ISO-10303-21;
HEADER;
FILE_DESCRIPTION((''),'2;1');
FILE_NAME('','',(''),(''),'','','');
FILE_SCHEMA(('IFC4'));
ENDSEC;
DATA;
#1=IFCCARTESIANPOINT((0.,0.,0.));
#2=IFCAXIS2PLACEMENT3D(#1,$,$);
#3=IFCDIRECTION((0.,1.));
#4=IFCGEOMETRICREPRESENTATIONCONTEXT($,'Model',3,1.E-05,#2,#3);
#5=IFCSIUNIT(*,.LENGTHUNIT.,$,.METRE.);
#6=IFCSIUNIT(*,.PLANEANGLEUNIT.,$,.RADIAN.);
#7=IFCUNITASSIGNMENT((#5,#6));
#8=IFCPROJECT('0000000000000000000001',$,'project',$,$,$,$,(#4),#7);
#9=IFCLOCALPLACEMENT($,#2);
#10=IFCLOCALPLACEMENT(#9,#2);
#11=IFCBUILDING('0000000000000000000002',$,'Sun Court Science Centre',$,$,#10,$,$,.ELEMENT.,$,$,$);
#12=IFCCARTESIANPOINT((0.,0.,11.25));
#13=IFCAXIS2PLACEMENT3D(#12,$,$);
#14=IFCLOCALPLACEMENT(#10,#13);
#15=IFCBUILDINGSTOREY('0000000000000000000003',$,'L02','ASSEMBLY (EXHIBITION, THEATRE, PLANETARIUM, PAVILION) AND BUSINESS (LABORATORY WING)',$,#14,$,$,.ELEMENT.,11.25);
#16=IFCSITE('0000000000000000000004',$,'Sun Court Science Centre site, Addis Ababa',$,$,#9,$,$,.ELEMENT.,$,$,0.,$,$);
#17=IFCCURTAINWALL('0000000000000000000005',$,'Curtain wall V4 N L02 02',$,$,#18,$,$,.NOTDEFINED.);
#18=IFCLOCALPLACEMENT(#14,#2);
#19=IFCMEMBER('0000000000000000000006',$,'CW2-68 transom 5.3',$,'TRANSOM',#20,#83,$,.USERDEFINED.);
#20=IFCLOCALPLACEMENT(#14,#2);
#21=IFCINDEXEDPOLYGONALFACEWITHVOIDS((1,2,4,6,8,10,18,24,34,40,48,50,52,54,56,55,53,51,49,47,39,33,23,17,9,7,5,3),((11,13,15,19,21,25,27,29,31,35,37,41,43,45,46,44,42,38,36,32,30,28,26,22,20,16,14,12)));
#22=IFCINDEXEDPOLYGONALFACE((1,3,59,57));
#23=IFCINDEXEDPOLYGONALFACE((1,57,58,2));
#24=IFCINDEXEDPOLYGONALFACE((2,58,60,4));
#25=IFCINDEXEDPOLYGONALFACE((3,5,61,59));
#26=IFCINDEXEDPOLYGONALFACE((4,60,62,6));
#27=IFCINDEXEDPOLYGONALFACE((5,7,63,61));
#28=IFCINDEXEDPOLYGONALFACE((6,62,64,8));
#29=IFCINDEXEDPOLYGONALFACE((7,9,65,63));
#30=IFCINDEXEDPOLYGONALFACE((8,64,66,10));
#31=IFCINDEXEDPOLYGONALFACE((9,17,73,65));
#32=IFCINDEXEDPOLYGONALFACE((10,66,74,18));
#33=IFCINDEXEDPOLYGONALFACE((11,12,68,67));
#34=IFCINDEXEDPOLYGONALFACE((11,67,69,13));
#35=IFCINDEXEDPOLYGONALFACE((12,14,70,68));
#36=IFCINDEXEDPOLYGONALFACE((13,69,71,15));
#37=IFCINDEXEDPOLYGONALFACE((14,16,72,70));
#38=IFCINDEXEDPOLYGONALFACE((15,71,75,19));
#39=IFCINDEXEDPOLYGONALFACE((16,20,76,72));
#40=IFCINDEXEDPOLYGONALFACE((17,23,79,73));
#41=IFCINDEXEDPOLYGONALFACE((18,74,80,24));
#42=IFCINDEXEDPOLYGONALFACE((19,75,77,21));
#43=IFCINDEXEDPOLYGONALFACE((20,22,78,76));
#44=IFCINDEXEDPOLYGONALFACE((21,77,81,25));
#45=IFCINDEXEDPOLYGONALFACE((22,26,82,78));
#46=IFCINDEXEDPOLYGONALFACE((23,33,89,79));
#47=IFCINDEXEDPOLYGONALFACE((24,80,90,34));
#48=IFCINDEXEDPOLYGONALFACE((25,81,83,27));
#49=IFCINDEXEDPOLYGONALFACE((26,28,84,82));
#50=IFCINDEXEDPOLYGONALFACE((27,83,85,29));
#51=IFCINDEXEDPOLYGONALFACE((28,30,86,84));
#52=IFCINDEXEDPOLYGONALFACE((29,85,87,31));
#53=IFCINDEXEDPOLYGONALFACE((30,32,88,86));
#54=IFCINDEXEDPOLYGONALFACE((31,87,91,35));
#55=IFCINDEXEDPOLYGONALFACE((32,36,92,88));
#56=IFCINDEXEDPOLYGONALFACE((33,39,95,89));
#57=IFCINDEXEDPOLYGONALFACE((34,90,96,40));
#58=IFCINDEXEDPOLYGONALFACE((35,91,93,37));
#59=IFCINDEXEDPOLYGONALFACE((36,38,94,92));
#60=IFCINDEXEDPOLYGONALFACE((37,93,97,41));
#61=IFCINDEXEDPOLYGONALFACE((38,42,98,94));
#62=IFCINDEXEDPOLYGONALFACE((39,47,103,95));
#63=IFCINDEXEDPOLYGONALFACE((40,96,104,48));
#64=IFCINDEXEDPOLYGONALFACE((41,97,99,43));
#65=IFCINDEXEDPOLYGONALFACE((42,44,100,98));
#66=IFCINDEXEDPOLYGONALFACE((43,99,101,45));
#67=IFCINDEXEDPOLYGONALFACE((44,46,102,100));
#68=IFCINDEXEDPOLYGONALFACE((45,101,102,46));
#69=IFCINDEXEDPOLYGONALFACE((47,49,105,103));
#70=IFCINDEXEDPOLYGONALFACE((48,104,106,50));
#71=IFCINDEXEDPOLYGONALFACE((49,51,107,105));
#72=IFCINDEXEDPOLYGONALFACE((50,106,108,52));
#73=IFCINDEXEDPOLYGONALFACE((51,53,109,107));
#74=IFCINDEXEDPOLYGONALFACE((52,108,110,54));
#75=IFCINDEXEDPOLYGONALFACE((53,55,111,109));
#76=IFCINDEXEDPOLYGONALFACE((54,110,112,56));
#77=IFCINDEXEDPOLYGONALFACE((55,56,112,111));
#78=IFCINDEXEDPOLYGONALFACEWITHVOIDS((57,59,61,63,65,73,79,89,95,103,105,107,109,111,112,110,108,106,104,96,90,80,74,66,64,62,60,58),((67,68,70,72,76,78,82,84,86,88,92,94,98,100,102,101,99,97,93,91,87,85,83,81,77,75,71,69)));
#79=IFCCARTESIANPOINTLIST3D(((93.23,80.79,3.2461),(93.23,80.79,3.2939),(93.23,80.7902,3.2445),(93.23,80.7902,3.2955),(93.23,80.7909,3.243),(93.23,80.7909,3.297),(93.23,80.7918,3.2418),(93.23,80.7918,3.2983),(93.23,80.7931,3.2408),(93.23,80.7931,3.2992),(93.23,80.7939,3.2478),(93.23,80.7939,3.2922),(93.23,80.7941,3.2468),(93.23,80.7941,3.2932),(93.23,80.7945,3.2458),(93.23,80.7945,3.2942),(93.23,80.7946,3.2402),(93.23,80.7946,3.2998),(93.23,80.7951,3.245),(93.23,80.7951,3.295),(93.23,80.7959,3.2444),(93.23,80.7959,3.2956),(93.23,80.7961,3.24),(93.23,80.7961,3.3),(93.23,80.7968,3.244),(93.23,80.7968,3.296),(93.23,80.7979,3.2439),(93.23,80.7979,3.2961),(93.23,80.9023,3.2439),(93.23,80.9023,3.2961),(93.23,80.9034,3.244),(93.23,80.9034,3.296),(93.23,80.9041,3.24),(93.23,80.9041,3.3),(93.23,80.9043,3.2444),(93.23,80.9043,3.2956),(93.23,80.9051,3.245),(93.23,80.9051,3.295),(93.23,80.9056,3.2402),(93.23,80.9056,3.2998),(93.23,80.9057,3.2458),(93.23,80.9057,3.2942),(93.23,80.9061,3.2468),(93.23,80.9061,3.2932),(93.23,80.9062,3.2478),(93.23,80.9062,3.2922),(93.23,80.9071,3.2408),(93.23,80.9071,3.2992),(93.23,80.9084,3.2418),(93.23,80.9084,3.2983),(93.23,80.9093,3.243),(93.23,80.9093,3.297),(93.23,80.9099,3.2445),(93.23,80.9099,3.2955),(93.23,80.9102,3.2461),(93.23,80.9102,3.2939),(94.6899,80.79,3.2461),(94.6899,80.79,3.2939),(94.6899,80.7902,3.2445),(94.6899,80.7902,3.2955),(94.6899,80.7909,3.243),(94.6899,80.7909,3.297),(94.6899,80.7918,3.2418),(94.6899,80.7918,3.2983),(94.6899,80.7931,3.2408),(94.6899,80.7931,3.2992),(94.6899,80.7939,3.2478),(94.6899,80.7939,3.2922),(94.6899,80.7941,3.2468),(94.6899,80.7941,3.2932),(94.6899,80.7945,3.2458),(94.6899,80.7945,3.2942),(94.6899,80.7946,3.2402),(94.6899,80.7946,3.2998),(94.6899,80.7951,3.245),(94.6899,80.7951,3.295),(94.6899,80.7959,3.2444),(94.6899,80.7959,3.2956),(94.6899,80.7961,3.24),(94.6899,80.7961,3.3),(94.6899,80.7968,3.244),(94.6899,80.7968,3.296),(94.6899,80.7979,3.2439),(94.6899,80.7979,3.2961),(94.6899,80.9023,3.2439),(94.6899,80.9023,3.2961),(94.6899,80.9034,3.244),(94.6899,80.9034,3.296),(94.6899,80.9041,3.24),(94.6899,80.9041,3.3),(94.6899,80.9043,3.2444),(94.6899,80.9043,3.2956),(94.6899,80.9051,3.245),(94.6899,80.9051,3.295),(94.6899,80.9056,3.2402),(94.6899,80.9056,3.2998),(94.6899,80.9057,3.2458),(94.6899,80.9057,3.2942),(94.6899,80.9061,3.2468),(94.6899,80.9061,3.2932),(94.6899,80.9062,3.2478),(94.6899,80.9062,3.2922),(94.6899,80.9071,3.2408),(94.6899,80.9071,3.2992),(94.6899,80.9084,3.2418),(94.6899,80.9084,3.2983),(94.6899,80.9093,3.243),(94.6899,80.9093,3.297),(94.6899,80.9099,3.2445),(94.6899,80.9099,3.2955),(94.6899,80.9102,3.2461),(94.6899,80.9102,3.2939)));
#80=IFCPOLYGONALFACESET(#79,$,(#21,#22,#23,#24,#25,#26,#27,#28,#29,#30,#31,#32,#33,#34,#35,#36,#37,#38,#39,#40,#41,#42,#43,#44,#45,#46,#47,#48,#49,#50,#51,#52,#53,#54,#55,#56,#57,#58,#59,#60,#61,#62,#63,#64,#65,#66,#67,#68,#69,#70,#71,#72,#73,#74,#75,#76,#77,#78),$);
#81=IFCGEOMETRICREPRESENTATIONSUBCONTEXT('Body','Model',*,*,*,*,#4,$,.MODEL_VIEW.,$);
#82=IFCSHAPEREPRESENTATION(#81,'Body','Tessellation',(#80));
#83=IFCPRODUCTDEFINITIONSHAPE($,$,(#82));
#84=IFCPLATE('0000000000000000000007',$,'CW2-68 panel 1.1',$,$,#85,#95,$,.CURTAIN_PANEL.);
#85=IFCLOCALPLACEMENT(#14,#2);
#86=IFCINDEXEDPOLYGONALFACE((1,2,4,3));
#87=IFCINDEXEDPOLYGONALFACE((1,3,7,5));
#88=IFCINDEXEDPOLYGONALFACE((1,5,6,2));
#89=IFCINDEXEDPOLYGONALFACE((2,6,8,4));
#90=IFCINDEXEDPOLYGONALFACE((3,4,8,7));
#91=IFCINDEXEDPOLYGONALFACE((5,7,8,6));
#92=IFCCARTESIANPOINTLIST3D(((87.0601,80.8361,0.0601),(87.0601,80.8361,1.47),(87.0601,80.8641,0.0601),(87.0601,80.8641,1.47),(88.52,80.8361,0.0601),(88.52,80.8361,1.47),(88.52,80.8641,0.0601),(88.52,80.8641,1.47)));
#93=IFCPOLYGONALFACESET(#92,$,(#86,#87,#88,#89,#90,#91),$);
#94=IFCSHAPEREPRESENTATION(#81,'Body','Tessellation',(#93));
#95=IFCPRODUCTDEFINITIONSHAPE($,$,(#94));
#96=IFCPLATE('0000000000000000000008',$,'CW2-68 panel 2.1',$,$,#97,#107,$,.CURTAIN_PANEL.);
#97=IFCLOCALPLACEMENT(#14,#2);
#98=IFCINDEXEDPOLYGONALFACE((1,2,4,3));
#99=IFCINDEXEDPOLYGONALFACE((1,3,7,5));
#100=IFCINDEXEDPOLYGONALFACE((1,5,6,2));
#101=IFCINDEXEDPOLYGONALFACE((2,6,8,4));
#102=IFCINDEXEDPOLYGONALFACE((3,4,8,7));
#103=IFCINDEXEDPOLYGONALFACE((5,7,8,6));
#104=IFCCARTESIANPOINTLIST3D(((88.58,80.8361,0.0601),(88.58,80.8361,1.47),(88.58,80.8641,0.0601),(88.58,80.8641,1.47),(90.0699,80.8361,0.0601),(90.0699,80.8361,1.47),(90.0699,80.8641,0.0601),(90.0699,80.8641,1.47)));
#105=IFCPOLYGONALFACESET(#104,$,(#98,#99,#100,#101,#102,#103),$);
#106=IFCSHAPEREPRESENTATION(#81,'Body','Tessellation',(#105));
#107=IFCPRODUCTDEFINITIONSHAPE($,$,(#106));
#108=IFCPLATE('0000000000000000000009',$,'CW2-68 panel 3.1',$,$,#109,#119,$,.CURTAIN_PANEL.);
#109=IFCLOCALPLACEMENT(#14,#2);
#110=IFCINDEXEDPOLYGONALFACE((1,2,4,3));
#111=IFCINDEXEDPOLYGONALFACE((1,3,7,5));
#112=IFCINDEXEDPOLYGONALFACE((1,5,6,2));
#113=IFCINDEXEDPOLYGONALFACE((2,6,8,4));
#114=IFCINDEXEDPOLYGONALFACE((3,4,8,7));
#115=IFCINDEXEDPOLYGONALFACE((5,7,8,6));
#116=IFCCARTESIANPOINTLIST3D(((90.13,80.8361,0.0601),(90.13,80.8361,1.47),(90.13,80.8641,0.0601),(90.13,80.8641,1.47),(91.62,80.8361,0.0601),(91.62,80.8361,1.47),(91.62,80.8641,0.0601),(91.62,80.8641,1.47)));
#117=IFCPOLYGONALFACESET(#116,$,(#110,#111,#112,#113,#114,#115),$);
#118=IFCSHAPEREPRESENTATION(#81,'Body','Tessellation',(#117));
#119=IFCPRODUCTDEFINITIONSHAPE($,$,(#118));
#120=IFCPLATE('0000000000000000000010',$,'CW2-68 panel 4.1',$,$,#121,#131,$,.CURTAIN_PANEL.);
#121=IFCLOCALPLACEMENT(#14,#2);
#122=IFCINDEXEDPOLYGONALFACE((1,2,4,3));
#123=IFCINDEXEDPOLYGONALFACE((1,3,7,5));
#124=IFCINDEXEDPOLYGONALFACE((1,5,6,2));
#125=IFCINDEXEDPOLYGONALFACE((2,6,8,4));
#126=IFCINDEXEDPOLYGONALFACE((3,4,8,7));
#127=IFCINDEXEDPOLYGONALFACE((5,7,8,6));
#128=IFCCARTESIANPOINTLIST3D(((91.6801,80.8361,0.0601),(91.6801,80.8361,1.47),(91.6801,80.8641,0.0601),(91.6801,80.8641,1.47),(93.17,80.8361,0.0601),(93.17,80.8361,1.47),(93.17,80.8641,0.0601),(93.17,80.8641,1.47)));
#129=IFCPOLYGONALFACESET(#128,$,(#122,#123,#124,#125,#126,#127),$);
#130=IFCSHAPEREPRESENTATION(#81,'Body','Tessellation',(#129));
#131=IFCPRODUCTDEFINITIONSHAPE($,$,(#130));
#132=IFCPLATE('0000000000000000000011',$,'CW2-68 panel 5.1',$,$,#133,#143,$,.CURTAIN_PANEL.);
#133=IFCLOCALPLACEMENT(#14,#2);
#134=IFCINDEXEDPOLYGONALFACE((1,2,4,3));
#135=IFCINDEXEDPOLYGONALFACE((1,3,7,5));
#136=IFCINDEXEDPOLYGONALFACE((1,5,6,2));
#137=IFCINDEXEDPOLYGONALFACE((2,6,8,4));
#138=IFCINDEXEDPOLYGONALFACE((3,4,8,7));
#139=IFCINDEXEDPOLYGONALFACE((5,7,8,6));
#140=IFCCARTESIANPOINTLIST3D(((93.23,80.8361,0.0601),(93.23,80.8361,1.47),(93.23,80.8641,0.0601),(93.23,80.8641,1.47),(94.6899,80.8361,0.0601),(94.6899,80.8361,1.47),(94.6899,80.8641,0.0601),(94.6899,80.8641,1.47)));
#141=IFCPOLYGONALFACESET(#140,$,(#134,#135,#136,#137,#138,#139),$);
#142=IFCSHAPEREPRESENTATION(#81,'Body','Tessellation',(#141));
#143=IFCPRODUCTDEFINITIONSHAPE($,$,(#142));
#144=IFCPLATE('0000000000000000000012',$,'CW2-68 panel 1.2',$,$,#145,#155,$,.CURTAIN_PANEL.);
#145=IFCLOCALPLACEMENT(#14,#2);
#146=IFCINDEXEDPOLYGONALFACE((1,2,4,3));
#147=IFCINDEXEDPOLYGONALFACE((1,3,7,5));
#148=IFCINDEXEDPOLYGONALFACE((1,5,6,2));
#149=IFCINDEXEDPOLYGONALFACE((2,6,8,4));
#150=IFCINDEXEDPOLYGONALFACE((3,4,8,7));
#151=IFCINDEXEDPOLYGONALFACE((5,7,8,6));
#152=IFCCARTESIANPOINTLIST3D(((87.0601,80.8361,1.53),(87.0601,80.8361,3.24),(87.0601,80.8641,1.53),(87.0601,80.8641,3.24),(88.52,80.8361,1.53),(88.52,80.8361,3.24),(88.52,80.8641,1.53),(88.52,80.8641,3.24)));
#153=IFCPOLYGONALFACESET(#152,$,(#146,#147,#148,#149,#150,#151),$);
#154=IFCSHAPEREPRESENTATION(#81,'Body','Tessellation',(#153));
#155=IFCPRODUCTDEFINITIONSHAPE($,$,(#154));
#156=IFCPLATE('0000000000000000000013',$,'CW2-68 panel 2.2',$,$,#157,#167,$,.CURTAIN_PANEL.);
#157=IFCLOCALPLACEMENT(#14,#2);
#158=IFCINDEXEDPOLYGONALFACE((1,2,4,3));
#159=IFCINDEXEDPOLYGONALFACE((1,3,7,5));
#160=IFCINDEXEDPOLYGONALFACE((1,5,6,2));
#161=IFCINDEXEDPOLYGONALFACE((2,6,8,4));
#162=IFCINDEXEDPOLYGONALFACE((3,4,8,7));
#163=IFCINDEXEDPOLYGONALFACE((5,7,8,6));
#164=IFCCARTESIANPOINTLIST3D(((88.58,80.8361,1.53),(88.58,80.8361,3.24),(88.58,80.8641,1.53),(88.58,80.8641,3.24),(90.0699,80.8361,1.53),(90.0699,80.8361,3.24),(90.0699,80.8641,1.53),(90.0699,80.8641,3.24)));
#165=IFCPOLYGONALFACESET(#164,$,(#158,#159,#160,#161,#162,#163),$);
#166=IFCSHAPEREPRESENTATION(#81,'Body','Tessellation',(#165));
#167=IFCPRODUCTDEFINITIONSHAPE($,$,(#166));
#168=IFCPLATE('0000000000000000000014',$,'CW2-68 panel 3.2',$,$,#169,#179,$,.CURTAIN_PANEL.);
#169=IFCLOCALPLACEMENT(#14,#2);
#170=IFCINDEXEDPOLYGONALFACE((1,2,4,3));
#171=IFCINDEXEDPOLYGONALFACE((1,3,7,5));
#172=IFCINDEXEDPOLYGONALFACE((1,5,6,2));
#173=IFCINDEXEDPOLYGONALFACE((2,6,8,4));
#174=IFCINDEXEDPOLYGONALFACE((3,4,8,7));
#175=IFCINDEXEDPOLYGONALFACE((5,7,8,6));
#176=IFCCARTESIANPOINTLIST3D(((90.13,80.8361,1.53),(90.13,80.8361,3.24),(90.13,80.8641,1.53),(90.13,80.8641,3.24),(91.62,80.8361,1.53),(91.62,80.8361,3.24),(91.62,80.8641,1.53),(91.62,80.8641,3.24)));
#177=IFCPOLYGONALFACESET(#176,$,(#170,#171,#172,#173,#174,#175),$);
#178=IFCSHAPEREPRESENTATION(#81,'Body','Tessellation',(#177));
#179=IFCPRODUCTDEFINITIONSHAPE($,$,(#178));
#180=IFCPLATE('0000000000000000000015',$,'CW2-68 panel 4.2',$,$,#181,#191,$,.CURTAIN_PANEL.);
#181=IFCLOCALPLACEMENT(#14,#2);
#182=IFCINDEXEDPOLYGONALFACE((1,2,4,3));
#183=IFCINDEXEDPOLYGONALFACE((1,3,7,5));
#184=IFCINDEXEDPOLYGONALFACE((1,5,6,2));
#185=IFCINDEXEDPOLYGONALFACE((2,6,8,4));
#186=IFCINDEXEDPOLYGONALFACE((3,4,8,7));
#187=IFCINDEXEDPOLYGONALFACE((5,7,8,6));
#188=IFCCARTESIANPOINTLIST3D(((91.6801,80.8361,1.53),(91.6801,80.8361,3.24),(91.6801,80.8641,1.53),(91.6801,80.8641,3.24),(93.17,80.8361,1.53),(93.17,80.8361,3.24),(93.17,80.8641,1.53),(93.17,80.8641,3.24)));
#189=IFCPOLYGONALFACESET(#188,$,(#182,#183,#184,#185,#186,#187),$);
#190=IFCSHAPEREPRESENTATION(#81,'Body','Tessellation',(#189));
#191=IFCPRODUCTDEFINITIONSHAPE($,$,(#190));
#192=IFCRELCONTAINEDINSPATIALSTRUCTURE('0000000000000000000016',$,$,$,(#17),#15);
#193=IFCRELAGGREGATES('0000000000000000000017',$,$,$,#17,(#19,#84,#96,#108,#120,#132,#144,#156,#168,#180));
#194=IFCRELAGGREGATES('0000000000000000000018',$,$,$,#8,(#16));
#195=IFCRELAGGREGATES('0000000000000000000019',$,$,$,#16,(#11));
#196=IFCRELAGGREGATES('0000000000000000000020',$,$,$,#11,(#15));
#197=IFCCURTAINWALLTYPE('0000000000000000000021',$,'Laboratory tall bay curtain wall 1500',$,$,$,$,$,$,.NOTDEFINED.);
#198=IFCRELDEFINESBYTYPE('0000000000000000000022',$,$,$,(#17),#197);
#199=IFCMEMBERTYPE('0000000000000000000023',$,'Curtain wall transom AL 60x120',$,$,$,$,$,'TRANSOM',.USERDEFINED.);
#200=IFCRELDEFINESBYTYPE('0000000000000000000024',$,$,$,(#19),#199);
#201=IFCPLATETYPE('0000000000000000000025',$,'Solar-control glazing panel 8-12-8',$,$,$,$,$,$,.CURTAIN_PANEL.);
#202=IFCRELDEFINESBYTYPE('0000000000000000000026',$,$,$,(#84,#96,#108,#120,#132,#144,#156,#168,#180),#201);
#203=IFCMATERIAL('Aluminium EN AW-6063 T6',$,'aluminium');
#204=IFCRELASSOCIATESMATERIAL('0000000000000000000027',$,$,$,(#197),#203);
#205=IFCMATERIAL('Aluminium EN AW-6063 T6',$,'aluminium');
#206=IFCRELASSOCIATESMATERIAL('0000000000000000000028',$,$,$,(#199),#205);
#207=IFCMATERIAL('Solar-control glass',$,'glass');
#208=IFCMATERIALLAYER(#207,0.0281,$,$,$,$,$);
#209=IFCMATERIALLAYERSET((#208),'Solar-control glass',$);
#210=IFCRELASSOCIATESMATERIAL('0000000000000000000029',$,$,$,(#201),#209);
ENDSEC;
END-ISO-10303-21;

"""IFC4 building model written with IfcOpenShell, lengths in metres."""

from ifc_helpers import new_model, si_unit, direction, frame, origin, origin_2d, place, context, subcontext, project, spatial, rectangle, hollow_rectangle, extrude, material, layer, layer_set, material_profile, profile_set, type_object, element, aggregate, save


model = new_model("IFC4")

# Units and contexts
model_context = context("Model", 3, precision=1e-05, world=origin(), true_north=direction((0.0, 1.0)))
body_context = subcontext(model_context, "Body", "Model", "MODEL_VIEW")
ifc_project = project(units=[si_unit("LENGTHUNIT", "METRE"), si_unit("PLANEANGLEUNIT", "RADIAN")], contexts=[model_context])

# Site, building, storey
site_placement = place(None, origin())
site = spatial("IfcSite", under=ifc_project, at=site_placement, Name="Sun Court Science Centre site, Addis Ababa", CompositionType="ELEMENT", RefElevation=0.0)
building_placement = place(site_placement, origin())
building = spatial("IfcBuilding", under=site, at=building_placement, Name="Sun Court Science Centre", CompositionType="ELEMENT")
storey_placement = place(building_placement, frame((0.0, 0.0, 11.25)))
storey = spatial("IfcBuildingStorey", under=building, at=storey_placement, Name="L02", Description="ASSEMBLY (EXHIBITION, THEATRE, PLANETARIUM, PAVILION) AND BUSINESS (LABORATORY WING)", CompositionType="ELEMENT", Elevation=11.25)

# Curtain wall, member, plates
ifc_material_1 = material(Name="Aluminium EN AW-6063 T6", Category="aluminium")
curtain_wall_type = type_object("IfcCurtainWallType", Name="Laboratory tall bay curtain wall 1500", PredefinedType="NOTDEFINED", material=ifc_material_1)
curtain_wall_placement = place(storey_placement, origin())
curtain_wall = element("IfcCurtainWall", 1, at=curtain_wall_placement, inside=storey, type_object=curtain_wall_type, Name="Curtain wall V4 N L02 02", PredefinedType="NOTDEFINED")
ifc_material_2 = material(Name="Aluminium EN AW-6063 T6", Category="aluminium")
ifc_material_profile_1 = material_profile(ifc_material_2, hollow_rectangle(XDim=0.0601, YDim=0.1201, WallThickness=0.0039, InnerFilletRadius=0.0039, OuterFilletRadius=0.0061, at=origin_2d()), Name="AL 60x120x4")
ifc_profile_set_1 = profile_set([ifc_material_profile_1], Name="Aluminium EN AW-6063 T6")
member_type_1 = type_object("IfcMemberType", Name="Curtain wall transom AL 60x120", ElementType="TRANSOM", PredefinedType="USERDEFINED", material=ifc_profile_set_1)
member_1_placement = place(storey_placement, frame((93.23, 80.8501, 3.27), z_axis=(1.0, 0.0, 0.0), x_axis=(0.0, 0.0, 1.0)))
member_1 = element("IfcMember", 2, at=member_1_placement, type_object=member_type_1, Name="CW2-68 transom 5.3", ObjectType="TRANSOM", PredefinedType="USERDEFINED", context=body_context, shape_type="SweptSolid", body=[
    extrude(hollow_rectangle(XDim=0.0601, YDim=0.1201, WallThickness=0.0039, InnerFilletRadius=0.0039, OuterFilletRadius=0.0061, at=origin_2d()), origin(), (0.0, 0.0, 1.0), 1.46),
])
ifc_material_3 = material(Name="Solar-control glass", Category="glass")
ifc_layer_1 = layer(ifc_material_3, 0.0281)
ifc_layer_set_1 = layer_set([ifc_layer_1], Name="Solar-control glass")
plate_type = type_object("IfcPlateType", Name="Solar-control glazing panel 8-12-8", PredefinedType="CURTAIN_PANEL", material=ifc_layer_set_1)
plate_1_placement = place(storey_placement, frame((87.79, 80.8501, 0.0601), z_axis=(0.0, 0.0, 1.0), x_axis=(1.0, 0.0, 0.0)))
plate_1 = element("IfcPlate", 3, at=plate_1_placement, type_object=plate_type, Name="CW2-68 panel 1.1", PredefinedType="CURTAIN_PANEL", context=body_context, shape_type="SweptSolid", body=[
    extrude(rectangle(XDim=1.46, YDim=0.0281, at=origin_2d()), origin(), (0.0, 0.0, 1.0), 1.4099),
])
plate_2_placement = place(storey_placement, frame((89.325, 80.8501, 0.0601), z_axis=(0.0, 0.0, 1.0), x_axis=(1.0, 0.0, 0.0)))
plate_2 = element("IfcPlate", 4, at=plate_2_placement, type_object=plate_type, Name="CW2-68 panel 2.1", PredefinedType="CURTAIN_PANEL", context=body_context, shape_type="SweptSolid", body=[
    extrude(rectangle(XDim=1.49, YDim=0.0281, at=origin_2d()), origin(), (0.0, 0.0, 1.0), 1.4099),
])
plate_3_placement = place(storey_placement, frame((90.875, 80.8501, 0.0601), z_axis=(0.0, 0.0, 1.0), x_axis=(1.0, 0.0, 0.0)))
plate_3 = element("IfcPlate", 5, at=plate_3_placement, type_object=plate_type, Name="CW2-68 panel 3.1", PredefinedType="CURTAIN_PANEL", context=body_context, shape_type="SweptSolid", body=[
    extrude(rectangle(XDim=1.49, YDim=0.0281, at=origin_2d()), origin(), (0.0, 0.0, 1.0), 1.4099),
])
plate_4_placement = place(storey_placement, frame((92.425, 80.8501, 0.0601), z_axis=(0.0, 0.0, 1.0), x_axis=(1.0, 0.0, 0.0)))
plate_4 = element("IfcPlate", 6, at=plate_4_placement, type_object=plate_type, Name="CW2-68 panel 4.1", PredefinedType="CURTAIN_PANEL", context=body_context, shape_type="SweptSolid", body=[
    extrude(rectangle(XDim=1.49, YDim=0.0281, at=origin_2d()), origin(), (0.0, 0.0, 1.0), 1.4099),
])
plate_5_placement = place(storey_placement, frame((93.96, 80.8501, 0.0601), z_axis=(0.0, 0.0, 1.0), x_axis=(1.0, 0.0, 0.0)))
plate_5 = element("IfcPlate", 7, at=plate_5_placement, type_object=plate_type, Name="CW2-68 panel 5.1", PredefinedType="CURTAIN_PANEL", context=body_context, shape_type="SweptSolid", body=[
    extrude(rectangle(XDim=1.46, YDim=0.0281, at=origin_2d()), origin(), (0.0, 0.0, 1.0), 1.4099),
])
plate_6_placement = place(storey_placement, frame((87.79, 80.8501, 1.53), z_axis=(0.0, 0.0, 1.0), x_axis=(1.0, 0.0, 0.0)))
plate_6 = element("IfcPlate", 8, at=plate_6_placement, type_object=plate_type, Name="CW2-68 panel 1.2", PredefinedType="CURTAIN_PANEL", context=body_context, shape_type="SweptSolid", body=[
    extrude(rectangle(XDim=1.46, YDim=0.0281, at=origin_2d()), origin(), (0.0, 0.0, 1.0), 1.71),
])
plate_7_placement = place(storey_placement, frame((89.325, 80.8501, 1.53), z_axis=(0.0, 0.0, 1.0), x_axis=(1.0, 0.0, 0.0)))
plate_7 = element("IfcPlate", 9, at=plate_7_placement, type_object=plate_type, Name="CW2-68 panel 2.2", PredefinedType="CURTAIN_PANEL", context=body_context, shape_type="SweptSolid", body=[
    extrude(rectangle(XDim=1.49, YDim=0.0281, at=origin_2d()), origin(), (0.0, 0.0, 1.0), 1.71),
])
plate_8_placement = place(storey_placement, frame((90.875, 80.8501, 1.53), z_axis=(0.0, 0.0, 1.0), x_axis=(1.0, 0.0, 0.0)))
plate_8 = element("IfcPlate", 10, at=plate_8_placement, type_object=plate_type, Name="CW2-68 panel 3.2", PredefinedType="CURTAIN_PANEL", context=body_context, shape_type="SweptSolid", body=[
    extrude(rectangle(XDim=1.49, YDim=0.0281, at=origin_2d()), origin(), (0.0, 0.0, 1.0), 1.71),
])
plate_9_placement = place(storey_placement, frame((92.425, 80.8501, 1.53), z_axis=(0.0, 0.0, 1.0), x_axis=(1.0, 0.0, 0.0)))
plate_9 = element("IfcPlate", 11, at=plate_9_placement, type_object=plate_type, Name="CW2-68 panel 4.2", PredefinedType="CURTAIN_PANEL", context=body_context, shape_type="SweptSolid", body=[
    extrude(rectangle(XDim=1.49, YDim=0.0281, at=origin_2d()), origin(), (0.0, 0.0, 1.0), 1.71),
])
aggregate(curtain_wall, [member_1, plate_1, plate_2, plate_3, plate_4, plate_5, plate_6, plate_7, plate_8, plate_9])

save(model, "model.ifc")
